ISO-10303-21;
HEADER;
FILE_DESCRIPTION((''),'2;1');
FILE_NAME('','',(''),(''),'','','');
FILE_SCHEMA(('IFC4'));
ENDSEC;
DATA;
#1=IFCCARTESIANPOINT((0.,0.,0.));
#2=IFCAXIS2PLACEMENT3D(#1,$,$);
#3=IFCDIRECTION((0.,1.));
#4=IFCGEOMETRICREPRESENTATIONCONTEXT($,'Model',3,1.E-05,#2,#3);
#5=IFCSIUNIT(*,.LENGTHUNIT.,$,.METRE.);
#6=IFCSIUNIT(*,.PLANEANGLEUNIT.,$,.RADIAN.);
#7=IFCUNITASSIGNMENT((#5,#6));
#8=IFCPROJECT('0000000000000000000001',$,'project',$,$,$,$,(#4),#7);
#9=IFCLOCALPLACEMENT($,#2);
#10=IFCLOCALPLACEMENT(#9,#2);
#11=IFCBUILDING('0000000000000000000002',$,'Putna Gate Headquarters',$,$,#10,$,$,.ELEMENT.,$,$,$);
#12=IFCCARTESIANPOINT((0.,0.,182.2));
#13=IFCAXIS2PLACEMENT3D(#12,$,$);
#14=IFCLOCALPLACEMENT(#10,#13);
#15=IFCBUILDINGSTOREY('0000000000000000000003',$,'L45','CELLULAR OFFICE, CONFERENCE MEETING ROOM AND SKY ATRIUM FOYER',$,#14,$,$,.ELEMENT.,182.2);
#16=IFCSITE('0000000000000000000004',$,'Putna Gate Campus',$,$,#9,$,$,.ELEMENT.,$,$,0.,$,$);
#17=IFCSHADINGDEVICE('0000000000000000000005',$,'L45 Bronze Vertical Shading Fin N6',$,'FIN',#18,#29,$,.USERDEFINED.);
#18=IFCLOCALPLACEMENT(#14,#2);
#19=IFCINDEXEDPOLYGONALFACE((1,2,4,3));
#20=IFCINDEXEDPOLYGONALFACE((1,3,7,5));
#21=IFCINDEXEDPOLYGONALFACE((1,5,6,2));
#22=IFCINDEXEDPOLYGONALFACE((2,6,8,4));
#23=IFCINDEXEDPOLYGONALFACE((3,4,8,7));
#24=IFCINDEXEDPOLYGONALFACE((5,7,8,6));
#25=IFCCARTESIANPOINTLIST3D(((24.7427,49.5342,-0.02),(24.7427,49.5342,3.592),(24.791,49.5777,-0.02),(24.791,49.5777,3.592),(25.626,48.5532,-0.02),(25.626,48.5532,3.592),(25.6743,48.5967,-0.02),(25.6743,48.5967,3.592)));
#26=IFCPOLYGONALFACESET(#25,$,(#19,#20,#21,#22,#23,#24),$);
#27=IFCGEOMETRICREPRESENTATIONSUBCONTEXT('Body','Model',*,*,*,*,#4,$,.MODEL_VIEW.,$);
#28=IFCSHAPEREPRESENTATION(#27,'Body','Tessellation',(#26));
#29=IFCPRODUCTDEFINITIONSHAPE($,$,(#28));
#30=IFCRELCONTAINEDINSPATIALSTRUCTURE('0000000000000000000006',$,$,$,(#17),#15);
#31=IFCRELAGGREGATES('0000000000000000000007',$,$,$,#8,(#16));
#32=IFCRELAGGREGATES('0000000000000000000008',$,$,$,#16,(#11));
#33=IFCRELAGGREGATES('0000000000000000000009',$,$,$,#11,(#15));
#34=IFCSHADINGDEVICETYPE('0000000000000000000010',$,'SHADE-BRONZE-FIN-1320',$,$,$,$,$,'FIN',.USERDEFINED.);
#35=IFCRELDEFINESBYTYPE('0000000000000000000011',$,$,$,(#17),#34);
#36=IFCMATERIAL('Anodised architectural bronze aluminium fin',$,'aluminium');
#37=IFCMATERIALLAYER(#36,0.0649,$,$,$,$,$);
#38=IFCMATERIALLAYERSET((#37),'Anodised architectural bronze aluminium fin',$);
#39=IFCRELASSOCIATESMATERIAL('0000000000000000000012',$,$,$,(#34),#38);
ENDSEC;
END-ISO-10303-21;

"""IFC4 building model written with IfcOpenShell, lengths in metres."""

from ifc_helpers import new_model, si_unit, direction, frame, origin, origin_2d, place, context, subcontext, project, spatial, rectangle, extrude, material, layer, layer_set, type_object, element, save


model = new_model("IFC4")

# Units and contexts
model_context = context("Model", 3, precision=1e-05, world=origin(), true_north=direction((0.0, 1.0)))
body_context = subcontext(model_context, "Body", "Model", "MODEL_VIEW")
ifc_project = project(units=[si_unit("LENGTHUNIT", "METRE"), si_unit("PLANEANGLEUNIT", "RADIAN")], contexts=[model_context])

# Site, building, storey
site_placement = place(None, origin())
site = spatial("IfcSite", under=ifc_project, at=site_placement, Name="Putna Gate Campus", CompositionType="ELEMENT", RefElevation=0.0)
building_placement = place(site_placement, origin())
building = spatial("IfcBuilding", under=site, at=building_placement, Name="Putna Gate Headquarters", CompositionType="ELEMENT")
storey_placement = place(building_placement, frame((0.0, 0.0, 182.2)))
storey = spatial("IfcBuildingStorey", under=building, at=storey_placement, Name="L45", Description="CELLULAR OFFICE, CONFERENCE MEETING ROOM AND SKY ATRIUM FOYER", CompositionType="ELEMENT", Elevation=182.2)

# Shading device
ifc_material_1 = material(Name="Anodised architectural bronze aluminium fin", Category="aluminium")
ifc_layer_1 = layer(ifc_material_1, 0.0649)
ifc_layer_set_1 = layer_set([ifc_layer_1], Name="Anodised architectural bronze aluminium fin")
shading_device_type = type_object("IfcShadingDeviceType", Name="SHADE-BRONZE-FIN-1320", ElementType="FIN", PredefinedType="USERDEFINED", material=ifc_layer_set_1)
for number, where, z_axis, x_axis, name in (
    (1, (25.2085, 49.0654, -0.02), (0.0, 0.0, 1.0), (-0.669131, 0.743145, 0.0), "L45 Bronze Vertical Shading Fin N6"),
):
    element("IfcShadingDevice", number, at=place(storey_placement, frame(where, z_axis=z_axis, x_axis=x_axis)), inside=storey, type_object=shading_device_type, Name=name, ObjectType="FIN", PredefinedType="USERDEFINED", context=body_context, shape_type="SweptSolid", body=[
        extrude(rectangle(XDim=1.3201, YDim=0.0649, at=origin_2d()), origin(), (0.0, 0.0, 1.0), 3.6121),
    ])

save(model, "model.ifc")
